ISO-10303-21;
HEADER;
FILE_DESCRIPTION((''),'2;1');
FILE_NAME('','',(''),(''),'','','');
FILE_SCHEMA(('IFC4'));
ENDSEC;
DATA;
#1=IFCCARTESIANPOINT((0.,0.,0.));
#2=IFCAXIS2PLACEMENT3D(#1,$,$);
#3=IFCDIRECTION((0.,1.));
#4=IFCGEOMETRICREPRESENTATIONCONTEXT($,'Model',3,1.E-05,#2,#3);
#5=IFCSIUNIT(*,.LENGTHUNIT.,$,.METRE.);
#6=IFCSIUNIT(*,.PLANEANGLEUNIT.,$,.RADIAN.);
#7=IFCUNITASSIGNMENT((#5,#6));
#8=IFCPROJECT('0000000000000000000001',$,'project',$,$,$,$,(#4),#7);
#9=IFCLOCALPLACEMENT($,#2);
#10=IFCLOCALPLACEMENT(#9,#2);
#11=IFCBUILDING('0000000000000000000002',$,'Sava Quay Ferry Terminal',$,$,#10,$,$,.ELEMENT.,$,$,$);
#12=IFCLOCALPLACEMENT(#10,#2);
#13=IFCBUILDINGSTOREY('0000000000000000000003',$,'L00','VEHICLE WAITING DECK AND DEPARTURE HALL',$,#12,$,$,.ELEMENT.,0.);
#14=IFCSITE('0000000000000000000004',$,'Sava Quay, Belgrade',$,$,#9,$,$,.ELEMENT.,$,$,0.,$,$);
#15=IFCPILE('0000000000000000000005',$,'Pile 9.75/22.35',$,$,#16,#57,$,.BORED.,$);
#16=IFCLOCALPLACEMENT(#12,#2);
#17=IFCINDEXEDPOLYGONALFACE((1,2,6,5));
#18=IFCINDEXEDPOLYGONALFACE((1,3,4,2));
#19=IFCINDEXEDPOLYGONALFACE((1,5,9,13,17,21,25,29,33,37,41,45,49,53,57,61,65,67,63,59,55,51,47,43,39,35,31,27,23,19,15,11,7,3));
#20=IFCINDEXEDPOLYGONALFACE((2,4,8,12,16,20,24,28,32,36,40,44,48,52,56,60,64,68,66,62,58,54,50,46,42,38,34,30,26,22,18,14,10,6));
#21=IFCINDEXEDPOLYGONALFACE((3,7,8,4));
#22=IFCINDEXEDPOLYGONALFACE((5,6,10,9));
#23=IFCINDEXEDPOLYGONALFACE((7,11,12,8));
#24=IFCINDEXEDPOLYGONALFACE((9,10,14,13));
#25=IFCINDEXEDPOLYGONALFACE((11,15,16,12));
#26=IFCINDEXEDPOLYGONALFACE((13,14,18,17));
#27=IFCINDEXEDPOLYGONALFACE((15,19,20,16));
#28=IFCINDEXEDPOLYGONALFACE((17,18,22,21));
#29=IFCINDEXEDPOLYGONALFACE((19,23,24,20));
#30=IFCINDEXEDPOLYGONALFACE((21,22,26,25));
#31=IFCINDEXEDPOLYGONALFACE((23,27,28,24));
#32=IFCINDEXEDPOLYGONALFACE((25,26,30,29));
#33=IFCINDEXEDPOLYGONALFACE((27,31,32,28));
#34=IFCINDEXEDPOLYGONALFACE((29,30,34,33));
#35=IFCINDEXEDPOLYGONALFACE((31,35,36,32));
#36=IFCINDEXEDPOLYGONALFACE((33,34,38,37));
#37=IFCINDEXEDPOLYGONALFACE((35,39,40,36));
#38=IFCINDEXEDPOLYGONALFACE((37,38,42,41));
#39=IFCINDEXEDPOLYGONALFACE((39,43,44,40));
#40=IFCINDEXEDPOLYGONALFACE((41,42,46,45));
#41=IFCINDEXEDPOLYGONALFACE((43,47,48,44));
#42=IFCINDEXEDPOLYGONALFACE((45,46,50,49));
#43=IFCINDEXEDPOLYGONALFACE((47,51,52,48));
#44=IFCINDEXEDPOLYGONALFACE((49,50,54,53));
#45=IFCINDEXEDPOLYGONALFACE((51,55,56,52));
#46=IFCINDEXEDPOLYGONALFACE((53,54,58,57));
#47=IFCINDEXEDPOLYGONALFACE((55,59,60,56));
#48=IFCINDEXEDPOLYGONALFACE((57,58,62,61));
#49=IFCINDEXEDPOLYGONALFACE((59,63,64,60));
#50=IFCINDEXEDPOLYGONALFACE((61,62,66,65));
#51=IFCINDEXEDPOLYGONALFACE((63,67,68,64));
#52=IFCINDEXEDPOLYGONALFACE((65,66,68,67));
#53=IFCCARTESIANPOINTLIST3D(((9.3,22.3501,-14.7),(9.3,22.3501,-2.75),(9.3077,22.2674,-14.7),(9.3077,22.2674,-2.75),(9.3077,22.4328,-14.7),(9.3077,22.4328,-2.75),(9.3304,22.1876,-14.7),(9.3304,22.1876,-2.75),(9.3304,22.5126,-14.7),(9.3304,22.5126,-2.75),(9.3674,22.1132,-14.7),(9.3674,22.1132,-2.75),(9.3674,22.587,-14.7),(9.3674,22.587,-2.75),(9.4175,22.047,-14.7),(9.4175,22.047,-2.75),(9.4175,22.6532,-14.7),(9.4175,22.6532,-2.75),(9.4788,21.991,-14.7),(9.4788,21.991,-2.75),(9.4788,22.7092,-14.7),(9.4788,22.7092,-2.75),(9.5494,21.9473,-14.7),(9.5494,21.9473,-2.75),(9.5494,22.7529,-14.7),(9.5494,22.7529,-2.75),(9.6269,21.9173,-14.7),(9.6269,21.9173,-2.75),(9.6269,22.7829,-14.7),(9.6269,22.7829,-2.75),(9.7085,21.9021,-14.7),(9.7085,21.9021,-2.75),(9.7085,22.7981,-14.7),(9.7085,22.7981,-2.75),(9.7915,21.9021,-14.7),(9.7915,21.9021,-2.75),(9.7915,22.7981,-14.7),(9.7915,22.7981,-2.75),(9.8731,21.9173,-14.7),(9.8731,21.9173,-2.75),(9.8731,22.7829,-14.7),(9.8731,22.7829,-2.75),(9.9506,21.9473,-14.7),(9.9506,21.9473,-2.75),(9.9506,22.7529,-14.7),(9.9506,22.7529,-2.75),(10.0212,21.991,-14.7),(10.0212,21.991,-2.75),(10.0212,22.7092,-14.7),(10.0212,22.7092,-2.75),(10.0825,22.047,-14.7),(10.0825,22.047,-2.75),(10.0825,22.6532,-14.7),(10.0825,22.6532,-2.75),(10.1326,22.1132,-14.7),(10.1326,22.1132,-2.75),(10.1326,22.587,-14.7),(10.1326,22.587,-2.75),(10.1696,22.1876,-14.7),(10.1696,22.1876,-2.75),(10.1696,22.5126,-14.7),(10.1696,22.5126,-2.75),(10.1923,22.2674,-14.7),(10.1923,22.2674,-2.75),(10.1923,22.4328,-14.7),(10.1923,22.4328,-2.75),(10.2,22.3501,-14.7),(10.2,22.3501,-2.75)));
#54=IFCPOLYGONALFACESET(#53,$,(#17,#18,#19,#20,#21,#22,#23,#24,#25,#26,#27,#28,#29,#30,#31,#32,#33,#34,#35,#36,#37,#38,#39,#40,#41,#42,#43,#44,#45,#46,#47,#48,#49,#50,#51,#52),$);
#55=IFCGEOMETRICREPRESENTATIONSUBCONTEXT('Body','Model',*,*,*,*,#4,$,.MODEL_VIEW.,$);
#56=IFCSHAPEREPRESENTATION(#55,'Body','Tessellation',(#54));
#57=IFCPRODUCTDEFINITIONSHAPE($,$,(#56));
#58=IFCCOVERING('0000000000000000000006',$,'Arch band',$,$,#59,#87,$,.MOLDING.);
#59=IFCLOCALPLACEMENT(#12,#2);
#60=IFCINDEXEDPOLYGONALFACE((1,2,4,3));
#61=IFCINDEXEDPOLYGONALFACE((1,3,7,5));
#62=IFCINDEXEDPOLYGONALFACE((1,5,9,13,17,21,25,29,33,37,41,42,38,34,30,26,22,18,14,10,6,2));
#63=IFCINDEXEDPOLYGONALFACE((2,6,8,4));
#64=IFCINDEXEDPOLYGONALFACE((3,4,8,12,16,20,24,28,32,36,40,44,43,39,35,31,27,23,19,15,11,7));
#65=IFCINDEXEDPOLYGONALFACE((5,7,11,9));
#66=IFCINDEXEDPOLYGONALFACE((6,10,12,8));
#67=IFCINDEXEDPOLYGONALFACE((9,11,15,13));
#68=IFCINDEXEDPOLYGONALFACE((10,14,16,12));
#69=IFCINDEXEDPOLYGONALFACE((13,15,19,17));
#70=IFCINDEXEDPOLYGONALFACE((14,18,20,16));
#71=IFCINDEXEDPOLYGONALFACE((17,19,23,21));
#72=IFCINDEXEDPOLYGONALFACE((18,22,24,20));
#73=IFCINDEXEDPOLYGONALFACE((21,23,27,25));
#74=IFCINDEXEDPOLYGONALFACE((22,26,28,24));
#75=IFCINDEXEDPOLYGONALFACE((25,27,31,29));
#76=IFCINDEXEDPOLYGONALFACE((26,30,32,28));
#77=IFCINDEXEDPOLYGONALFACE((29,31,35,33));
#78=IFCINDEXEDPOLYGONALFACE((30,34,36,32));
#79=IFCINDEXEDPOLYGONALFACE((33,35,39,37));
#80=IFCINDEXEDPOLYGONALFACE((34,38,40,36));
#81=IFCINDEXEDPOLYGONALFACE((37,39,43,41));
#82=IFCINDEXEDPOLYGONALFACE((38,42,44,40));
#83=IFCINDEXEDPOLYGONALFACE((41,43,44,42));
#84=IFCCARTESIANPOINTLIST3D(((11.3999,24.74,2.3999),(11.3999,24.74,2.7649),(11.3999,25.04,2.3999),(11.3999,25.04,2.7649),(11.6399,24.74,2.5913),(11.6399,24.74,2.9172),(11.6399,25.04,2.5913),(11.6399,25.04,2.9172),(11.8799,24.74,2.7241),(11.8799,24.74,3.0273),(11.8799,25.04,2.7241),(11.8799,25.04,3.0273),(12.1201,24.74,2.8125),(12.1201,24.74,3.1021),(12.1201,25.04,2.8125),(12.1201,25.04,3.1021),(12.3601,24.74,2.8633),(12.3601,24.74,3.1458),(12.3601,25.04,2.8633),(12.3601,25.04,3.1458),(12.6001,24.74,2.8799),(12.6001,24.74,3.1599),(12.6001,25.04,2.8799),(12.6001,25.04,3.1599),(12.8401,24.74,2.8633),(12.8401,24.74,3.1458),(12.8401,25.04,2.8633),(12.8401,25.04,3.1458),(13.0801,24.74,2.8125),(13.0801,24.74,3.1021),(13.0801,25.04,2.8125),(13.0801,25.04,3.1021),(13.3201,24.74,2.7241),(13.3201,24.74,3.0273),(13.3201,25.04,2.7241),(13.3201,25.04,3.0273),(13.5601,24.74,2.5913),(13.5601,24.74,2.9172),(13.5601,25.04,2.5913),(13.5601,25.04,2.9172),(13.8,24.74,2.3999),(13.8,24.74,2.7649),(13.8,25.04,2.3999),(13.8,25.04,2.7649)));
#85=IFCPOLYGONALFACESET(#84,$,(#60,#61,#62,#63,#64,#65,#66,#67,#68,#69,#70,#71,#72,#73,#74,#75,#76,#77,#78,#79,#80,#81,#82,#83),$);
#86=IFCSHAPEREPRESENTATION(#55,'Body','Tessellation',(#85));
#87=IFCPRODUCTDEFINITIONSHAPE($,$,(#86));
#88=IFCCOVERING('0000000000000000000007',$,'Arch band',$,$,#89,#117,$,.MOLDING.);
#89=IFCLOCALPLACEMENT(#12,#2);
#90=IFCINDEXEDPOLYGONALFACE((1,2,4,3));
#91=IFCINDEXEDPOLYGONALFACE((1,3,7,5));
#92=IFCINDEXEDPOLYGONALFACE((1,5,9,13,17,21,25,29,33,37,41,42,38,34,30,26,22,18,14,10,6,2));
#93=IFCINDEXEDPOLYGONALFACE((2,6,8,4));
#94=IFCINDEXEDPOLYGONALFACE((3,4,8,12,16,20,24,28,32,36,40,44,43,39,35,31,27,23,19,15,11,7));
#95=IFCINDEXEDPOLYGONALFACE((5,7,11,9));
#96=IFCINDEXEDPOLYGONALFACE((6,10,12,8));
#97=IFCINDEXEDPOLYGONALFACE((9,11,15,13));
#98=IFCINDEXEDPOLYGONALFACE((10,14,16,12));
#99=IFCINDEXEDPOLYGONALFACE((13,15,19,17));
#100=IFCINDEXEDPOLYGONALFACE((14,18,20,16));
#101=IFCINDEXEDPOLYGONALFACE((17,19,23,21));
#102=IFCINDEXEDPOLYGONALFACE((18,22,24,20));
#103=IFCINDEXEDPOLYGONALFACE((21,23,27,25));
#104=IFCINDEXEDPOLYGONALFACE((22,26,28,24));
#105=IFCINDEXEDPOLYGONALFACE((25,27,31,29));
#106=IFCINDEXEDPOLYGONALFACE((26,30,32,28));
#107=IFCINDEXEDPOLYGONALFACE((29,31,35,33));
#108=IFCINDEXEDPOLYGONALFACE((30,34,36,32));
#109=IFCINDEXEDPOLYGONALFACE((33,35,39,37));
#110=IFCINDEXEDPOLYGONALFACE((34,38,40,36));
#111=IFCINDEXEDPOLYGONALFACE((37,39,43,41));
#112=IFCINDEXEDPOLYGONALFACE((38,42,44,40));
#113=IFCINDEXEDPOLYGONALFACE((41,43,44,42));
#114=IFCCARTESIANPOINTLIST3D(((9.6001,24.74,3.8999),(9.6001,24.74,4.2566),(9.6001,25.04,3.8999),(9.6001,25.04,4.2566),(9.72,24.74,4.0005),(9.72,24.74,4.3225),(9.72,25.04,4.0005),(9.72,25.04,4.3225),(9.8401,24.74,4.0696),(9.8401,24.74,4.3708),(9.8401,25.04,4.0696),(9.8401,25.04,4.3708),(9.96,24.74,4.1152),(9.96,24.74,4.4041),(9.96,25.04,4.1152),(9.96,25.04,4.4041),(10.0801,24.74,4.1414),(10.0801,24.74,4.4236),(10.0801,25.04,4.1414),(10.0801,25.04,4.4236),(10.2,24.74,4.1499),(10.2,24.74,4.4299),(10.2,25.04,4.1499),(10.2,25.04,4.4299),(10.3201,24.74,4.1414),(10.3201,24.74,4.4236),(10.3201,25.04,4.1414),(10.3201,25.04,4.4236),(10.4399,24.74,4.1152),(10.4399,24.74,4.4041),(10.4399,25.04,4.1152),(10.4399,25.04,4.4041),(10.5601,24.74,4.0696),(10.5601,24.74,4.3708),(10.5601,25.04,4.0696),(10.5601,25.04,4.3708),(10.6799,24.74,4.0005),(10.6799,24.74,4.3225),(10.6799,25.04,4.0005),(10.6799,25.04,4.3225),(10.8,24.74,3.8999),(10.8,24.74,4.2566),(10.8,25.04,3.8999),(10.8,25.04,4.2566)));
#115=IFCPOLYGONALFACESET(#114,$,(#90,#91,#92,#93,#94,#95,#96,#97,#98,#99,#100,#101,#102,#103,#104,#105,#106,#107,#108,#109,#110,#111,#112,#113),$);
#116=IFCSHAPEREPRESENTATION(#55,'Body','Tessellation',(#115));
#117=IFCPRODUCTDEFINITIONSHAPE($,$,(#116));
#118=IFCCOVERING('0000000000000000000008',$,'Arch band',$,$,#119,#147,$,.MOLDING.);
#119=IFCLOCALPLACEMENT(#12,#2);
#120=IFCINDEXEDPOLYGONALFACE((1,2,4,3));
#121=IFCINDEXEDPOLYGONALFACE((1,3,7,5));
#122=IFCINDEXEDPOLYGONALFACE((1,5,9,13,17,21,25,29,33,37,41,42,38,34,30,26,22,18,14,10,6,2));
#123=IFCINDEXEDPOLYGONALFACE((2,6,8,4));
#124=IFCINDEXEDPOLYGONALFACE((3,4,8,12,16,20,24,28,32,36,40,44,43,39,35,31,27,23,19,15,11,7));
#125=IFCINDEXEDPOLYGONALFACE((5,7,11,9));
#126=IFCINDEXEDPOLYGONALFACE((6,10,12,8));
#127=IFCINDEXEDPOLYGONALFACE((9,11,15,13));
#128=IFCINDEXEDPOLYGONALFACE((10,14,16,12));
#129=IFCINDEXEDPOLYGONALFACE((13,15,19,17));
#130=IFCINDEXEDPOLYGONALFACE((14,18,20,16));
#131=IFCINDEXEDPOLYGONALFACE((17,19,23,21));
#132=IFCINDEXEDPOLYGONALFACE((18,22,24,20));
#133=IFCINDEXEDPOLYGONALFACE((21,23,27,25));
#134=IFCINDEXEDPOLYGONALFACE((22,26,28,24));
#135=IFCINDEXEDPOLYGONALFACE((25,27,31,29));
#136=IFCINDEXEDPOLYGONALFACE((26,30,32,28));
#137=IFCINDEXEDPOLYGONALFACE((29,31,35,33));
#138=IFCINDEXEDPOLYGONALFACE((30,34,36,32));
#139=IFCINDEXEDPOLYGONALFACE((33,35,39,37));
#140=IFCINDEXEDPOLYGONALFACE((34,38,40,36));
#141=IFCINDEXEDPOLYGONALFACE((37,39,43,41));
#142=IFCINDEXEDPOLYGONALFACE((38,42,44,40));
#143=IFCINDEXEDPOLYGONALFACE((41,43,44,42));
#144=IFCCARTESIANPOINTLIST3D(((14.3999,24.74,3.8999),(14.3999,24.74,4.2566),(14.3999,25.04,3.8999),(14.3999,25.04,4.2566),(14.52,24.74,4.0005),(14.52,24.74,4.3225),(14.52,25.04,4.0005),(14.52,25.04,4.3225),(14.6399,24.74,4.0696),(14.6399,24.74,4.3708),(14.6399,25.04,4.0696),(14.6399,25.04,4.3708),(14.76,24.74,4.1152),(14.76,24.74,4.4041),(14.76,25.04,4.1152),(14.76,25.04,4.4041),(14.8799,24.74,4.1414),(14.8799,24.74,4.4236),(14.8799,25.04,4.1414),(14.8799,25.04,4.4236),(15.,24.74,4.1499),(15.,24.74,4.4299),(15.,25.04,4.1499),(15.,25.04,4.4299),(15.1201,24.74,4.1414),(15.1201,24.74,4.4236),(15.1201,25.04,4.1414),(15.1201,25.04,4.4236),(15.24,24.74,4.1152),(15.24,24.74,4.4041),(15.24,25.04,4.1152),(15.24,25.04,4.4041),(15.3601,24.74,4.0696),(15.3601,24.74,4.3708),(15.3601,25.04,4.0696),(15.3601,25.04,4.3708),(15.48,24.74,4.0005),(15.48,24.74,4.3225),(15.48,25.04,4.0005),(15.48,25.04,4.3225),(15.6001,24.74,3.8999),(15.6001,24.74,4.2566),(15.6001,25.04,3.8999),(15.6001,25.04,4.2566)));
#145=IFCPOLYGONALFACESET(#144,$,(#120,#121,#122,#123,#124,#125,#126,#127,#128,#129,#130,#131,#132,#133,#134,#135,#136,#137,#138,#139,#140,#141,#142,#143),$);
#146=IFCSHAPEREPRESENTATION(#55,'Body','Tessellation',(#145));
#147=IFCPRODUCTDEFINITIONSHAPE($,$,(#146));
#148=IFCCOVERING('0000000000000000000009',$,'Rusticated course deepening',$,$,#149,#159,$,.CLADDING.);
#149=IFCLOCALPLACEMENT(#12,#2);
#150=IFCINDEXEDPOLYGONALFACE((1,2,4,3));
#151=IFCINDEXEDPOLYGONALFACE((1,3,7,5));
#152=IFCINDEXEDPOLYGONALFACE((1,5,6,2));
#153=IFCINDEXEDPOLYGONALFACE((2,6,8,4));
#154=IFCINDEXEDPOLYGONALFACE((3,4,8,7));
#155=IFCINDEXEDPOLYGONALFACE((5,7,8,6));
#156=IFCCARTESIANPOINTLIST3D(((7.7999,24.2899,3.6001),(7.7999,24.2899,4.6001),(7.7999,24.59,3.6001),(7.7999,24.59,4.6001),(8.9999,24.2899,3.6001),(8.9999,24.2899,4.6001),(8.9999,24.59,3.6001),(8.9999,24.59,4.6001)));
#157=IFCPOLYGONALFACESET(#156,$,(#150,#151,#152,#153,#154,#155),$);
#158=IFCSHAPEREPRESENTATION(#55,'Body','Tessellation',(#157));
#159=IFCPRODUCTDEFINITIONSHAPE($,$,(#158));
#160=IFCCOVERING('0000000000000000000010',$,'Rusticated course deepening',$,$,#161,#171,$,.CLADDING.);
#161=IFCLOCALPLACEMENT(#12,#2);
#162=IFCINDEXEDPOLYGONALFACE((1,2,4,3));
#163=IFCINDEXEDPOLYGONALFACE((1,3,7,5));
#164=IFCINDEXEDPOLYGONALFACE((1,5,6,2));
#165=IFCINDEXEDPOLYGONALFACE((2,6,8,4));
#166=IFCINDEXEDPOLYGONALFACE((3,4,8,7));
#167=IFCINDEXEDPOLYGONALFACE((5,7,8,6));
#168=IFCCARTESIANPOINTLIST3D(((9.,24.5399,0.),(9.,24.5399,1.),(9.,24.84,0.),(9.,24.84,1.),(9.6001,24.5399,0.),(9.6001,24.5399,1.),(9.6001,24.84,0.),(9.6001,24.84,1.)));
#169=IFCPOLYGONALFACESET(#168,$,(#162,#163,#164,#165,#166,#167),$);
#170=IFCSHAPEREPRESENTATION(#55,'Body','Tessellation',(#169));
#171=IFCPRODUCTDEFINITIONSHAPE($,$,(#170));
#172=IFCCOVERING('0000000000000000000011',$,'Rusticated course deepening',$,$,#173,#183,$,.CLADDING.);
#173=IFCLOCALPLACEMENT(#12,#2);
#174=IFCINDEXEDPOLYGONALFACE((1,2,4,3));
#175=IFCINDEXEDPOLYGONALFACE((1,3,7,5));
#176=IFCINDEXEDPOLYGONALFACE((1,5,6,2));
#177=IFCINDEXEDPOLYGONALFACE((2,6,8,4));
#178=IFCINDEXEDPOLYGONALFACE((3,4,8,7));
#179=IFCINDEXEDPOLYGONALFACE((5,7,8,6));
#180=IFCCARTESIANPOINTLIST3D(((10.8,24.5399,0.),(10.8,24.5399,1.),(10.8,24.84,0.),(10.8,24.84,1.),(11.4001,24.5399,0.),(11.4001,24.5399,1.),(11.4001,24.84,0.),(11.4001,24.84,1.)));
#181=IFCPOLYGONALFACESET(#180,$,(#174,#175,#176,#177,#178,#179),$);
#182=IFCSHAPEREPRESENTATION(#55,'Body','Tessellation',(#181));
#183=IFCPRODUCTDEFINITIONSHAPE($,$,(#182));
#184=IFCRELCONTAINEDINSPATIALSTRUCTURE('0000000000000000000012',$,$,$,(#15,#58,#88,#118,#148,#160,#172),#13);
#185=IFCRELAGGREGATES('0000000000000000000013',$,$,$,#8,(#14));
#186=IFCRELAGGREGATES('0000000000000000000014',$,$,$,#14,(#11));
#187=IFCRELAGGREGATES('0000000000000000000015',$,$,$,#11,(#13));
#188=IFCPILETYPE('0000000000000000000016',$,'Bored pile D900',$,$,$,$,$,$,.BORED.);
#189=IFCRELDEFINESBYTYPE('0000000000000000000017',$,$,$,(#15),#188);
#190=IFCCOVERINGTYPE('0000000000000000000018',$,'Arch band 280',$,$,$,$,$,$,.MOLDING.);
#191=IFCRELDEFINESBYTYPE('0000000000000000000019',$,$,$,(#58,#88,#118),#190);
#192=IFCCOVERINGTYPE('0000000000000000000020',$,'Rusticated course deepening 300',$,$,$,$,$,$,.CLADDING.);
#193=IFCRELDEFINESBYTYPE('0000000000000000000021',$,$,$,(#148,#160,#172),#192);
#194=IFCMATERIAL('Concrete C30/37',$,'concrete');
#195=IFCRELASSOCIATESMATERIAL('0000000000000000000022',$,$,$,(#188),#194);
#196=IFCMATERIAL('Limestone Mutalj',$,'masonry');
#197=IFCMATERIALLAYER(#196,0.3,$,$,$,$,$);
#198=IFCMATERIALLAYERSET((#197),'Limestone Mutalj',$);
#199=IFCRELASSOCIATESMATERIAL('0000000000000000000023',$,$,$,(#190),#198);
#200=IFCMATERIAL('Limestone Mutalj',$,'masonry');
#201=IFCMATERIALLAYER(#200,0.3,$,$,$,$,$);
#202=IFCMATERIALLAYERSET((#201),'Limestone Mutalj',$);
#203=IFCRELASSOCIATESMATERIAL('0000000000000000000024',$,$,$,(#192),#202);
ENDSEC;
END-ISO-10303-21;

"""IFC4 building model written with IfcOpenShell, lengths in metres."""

from ifc_helpers import new_model, si_unit, direction, frame, origin, origin_2d, place, context, subcontext, project, spatial, polyline, rectangle, circle, outline, extrude, material, layer, layer_set, material_profile, profile_set, type_object, element, save


model = new_model("IFC4")

# Units and contexts
model_context = context("Model", 3, precision=1e-05, world=origin(), true_north=direction((0.0, 1.0)))
body_context = subcontext(model_context, "Body", "Model", "MODEL_VIEW")
ifc_project = project(units=[si_unit("LENGTHUNIT", "METRE"), si_unit("PLANEANGLEUNIT", "RADIAN")], contexts=[model_context])

# Site, building, storey
site_placement = place(None, origin())
site = spatial("IfcSite", under=ifc_project, at=site_placement, Name="Sava Quay, Belgrade", CompositionType="ELEMENT", RefElevation=0.0)
building_placement = place(site_placement, origin())
building = spatial("IfcBuilding", under=site, at=building_placement, Name="Sava Quay Ferry Terminal", CompositionType="ELEMENT")
storey_placement = place(building_placement, origin())
storey = spatial("IfcBuildingStorey", under=building, at=storey_placement, Name="L00", Description="VEHICLE WAITING DECK AND DEPARTURE HALL", CompositionType="ELEMENT", Elevation=0.0)

# Pile
ifc_material_1 = material(Name="Concrete C30/37", Category="concrete")
ifc_material_profile = material_profile(ifc_material_1, circle(Radius=0.45, at=origin_2d()), Name="Bored pile D900")
ifc_profile_set = profile_set([ifc_material_profile], Name="Concrete C30/37")
pile_type = type_object("IfcPileType", Name="Bored pile D900", PredefinedType="BORED", material=ifc_profile_set)
pile_placement = place(storey_placement, frame((9.75, 22.3501, -2.75), z_axis=(0.0, 0.0, -1.0), x_axis=(1.0, 0.0, 0.0)))
element("IfcPile", 1, at=pile_placement, inside=storey, type_object=pile_type, Name="Pile 9.75/22.35", PredefinedType="BORED", context=body_context, shape_type="SweptSolid", body=[
    extrude(circle(Radius=0.45, at=origin_2d()), origin(), (0.0, 0.0, 1.0), 11.95),
])

# Coverings
ifc_material_2 = material(Name="Limestone Mutalj", Category="masonry")
ifc_layer_1 = layer(ifc_material_2, 0.3)
ifc_layer_set_1 = layer_set([ifc_layer_1], Name="Limestone Mutalj")
covering_type_1 = type_object("IfcCoveringType", Name="Arch band 280", PredefinedType="MOLDING", material=ifc_layer_set_1)
covering_1_placement = place(storey_placement, frame((11.3999, 24.74, 2.3999), z_axis=(0.0, -1.0, 0.0), x_axis=(0.781799, 0.0, 0.62353)))
element("IfcCovering", 2, at=covering_1_placement, inside=storey, type_object=covering_type_1, Name="Arch band", PredefinedType="MOLDING", context=body_context, shape_type="SweptSolid", body=[
    extrude(outline(polyline([(0.0, 0.0), (0.307, 0.0), (0.5774, -0.0458), (0.8203, -0.1265), (1.0396, -0.2364), (1.2376, -0.3731), (1.4149, -0.5357), (1.5708, -0.7251), (1.7033, -0.9438), (1.8082, -1.1973), (1.8764, -1.4966), (2.104, -1.2112), (2.0114, -0.9425), (1.8924, -0.7067), (1.7514, -0.4987), (1.591, -0.3149), (1.4122, -0.1542), (1.2157, -0.0156), (1.0009, 0.0999), (0.7665, 0.1913), (0.5102, 0.2548), (0.2276, 0.2853), (0.0, 0.0)])), origin(), (0.0, 0.0, -1.0), 0.3),
])
covering_2_placement = place(storey_placement, frame((9.6001, 24.74, 3.8999), z_axis=(0.0, -1.0, 0.0), x_axis=(0.766043, 0.0, 0.64279)))
element("IfcCovering", 3, at=covering_2_placement, inside=storey, type_object=covering_type_1, Name="Arch band", PredefinedType="MOLDING", context=body_context, shape_type="SweptSolid", body=[
    extrude(outline(polyline([(0.0, 0.0), (0.1565, 0.0), (0.2929, -0.0243), (0.4141, -0.0664), (0.5229, -0.1236), (0.6202, -0.1941), (0.7067, -0.2778), (0.7818, -0.3749), (0.8444, -0.4871), (0.8919, -0.6171), (0.9192, -0.7713), (1.1485, -0.4981), (1.0988, -0.3704), (1.0381, -0.2563), (0.9674, -0.1536), (0.8881, -0.0616), (0.8002, 0.0204), (0.7043, 0.0926), (0.5997, 0.1549), (0.4866, 0.2065), (0.3635, 0.2467), (0.2293, 0.2732), (0.0, 0.0)])), origin(), (0.0, 0.0, -1.0), 0.3),
])
covering_3_placement = place(storey_placement, frame((14.3999, 24.74, 3.8999), z_axis=(0.0, -1.0, 0.0), x_axis=(0.766686, 0.0, 0.642022)))
element("IfcCovering", 4, at=covering_3_placement, inside=storey, type_object=covering_type_1, Name="Arch band", PredefinedType="MOLDING", context=body_context, shape_type="SweptSolid", body=[
    extrude(outline(polyline([(0.0, 0.0), (0.1567, 0.0), (0.2929, -0.024), (0.4143, -0.0661), (0.523, -0.123), (0.6206, -0.1936), (0.7072, -0.2773), (0.7823, -0.3743), (0.8451, -0.4864), (0.8927, -0.6163), (0.9202, -0.7706), (1.1492, -0.4971), (1.0994, -0.3694), (1.0385, -0.2554), (0.9678, -0.1528), (0.8884, -0.0609), (0.8004, 0.0211), (0.7042, 0.0933), (0.5998, 0.1553), (0.4864, 0.207), (0.3634, 0.2469), (0.229, 0.2735), (0.0, 0.0)])), origin(), (0.0, 0.0, -1.0), 0.3),
])
ifc_material_3 = material(Name="Limestone Mutalj", Category="masonry")
ifc_layer_2 = layer(ifc_material_3, 0.3)
ifc_layer_set_2 = layer_set([ifc_layer_2], Name="Limestone Mutalj")
covering_type_2 = type_object("IfcCoveringType", Name="Rusticated course deepening 300", PredefinedType="CLADDING", material=ifc_layer_set_2)
covering_4_placement = place(storey_placement, frame((8.3999, 24.4399, 3.6001), z_axis=(0.0, 0.0, 1.0), x_axis=(1.0, 0.0, 0.0)))
element("IfcCovering", 5, at=covering_4_placement, inside=storey, type_object=covering_type_2, Name="Rusticated course deepening", PredefinedType="CLADDING", context=body_context, shape_type="SweptSolid", body=[
    extrude(rectangle(XDim=1.2, YDim=0.3, at=origin_2d()), origin(), (0.0, 0.0, 1.0), 1.0),
])
for number, where, z_axis, x_axis, name in (
    (6, (9.3, 24.6899, 0.0), (0.0, 0.0, 1.0), (1.0, 0.0, 0.0), "Rusticated course deepening"),
    (7, (11.1001, 24.6899, 0.0), (0.0, 0.0, 1.0), (1.0, 0.0, 0.0), "Rusticated course deepening"),
):
    element("IfcCovering", number, at=place(storey_placement, frame(where, z_axis=z_axis, x_axis=x_axis)), inside=storey, type_object=covering_type_2, Name=name, PredefinedType="CLADDING", context=body_context, shape_type="SweptSolid", body=[
        extrude(rectangle(XDim=0.6001, YDim=0.3, at=origin_2d()), origin(), (0.0, 0.0, 1.0), 1.0),
    ])

save(model, "model.ifc")
